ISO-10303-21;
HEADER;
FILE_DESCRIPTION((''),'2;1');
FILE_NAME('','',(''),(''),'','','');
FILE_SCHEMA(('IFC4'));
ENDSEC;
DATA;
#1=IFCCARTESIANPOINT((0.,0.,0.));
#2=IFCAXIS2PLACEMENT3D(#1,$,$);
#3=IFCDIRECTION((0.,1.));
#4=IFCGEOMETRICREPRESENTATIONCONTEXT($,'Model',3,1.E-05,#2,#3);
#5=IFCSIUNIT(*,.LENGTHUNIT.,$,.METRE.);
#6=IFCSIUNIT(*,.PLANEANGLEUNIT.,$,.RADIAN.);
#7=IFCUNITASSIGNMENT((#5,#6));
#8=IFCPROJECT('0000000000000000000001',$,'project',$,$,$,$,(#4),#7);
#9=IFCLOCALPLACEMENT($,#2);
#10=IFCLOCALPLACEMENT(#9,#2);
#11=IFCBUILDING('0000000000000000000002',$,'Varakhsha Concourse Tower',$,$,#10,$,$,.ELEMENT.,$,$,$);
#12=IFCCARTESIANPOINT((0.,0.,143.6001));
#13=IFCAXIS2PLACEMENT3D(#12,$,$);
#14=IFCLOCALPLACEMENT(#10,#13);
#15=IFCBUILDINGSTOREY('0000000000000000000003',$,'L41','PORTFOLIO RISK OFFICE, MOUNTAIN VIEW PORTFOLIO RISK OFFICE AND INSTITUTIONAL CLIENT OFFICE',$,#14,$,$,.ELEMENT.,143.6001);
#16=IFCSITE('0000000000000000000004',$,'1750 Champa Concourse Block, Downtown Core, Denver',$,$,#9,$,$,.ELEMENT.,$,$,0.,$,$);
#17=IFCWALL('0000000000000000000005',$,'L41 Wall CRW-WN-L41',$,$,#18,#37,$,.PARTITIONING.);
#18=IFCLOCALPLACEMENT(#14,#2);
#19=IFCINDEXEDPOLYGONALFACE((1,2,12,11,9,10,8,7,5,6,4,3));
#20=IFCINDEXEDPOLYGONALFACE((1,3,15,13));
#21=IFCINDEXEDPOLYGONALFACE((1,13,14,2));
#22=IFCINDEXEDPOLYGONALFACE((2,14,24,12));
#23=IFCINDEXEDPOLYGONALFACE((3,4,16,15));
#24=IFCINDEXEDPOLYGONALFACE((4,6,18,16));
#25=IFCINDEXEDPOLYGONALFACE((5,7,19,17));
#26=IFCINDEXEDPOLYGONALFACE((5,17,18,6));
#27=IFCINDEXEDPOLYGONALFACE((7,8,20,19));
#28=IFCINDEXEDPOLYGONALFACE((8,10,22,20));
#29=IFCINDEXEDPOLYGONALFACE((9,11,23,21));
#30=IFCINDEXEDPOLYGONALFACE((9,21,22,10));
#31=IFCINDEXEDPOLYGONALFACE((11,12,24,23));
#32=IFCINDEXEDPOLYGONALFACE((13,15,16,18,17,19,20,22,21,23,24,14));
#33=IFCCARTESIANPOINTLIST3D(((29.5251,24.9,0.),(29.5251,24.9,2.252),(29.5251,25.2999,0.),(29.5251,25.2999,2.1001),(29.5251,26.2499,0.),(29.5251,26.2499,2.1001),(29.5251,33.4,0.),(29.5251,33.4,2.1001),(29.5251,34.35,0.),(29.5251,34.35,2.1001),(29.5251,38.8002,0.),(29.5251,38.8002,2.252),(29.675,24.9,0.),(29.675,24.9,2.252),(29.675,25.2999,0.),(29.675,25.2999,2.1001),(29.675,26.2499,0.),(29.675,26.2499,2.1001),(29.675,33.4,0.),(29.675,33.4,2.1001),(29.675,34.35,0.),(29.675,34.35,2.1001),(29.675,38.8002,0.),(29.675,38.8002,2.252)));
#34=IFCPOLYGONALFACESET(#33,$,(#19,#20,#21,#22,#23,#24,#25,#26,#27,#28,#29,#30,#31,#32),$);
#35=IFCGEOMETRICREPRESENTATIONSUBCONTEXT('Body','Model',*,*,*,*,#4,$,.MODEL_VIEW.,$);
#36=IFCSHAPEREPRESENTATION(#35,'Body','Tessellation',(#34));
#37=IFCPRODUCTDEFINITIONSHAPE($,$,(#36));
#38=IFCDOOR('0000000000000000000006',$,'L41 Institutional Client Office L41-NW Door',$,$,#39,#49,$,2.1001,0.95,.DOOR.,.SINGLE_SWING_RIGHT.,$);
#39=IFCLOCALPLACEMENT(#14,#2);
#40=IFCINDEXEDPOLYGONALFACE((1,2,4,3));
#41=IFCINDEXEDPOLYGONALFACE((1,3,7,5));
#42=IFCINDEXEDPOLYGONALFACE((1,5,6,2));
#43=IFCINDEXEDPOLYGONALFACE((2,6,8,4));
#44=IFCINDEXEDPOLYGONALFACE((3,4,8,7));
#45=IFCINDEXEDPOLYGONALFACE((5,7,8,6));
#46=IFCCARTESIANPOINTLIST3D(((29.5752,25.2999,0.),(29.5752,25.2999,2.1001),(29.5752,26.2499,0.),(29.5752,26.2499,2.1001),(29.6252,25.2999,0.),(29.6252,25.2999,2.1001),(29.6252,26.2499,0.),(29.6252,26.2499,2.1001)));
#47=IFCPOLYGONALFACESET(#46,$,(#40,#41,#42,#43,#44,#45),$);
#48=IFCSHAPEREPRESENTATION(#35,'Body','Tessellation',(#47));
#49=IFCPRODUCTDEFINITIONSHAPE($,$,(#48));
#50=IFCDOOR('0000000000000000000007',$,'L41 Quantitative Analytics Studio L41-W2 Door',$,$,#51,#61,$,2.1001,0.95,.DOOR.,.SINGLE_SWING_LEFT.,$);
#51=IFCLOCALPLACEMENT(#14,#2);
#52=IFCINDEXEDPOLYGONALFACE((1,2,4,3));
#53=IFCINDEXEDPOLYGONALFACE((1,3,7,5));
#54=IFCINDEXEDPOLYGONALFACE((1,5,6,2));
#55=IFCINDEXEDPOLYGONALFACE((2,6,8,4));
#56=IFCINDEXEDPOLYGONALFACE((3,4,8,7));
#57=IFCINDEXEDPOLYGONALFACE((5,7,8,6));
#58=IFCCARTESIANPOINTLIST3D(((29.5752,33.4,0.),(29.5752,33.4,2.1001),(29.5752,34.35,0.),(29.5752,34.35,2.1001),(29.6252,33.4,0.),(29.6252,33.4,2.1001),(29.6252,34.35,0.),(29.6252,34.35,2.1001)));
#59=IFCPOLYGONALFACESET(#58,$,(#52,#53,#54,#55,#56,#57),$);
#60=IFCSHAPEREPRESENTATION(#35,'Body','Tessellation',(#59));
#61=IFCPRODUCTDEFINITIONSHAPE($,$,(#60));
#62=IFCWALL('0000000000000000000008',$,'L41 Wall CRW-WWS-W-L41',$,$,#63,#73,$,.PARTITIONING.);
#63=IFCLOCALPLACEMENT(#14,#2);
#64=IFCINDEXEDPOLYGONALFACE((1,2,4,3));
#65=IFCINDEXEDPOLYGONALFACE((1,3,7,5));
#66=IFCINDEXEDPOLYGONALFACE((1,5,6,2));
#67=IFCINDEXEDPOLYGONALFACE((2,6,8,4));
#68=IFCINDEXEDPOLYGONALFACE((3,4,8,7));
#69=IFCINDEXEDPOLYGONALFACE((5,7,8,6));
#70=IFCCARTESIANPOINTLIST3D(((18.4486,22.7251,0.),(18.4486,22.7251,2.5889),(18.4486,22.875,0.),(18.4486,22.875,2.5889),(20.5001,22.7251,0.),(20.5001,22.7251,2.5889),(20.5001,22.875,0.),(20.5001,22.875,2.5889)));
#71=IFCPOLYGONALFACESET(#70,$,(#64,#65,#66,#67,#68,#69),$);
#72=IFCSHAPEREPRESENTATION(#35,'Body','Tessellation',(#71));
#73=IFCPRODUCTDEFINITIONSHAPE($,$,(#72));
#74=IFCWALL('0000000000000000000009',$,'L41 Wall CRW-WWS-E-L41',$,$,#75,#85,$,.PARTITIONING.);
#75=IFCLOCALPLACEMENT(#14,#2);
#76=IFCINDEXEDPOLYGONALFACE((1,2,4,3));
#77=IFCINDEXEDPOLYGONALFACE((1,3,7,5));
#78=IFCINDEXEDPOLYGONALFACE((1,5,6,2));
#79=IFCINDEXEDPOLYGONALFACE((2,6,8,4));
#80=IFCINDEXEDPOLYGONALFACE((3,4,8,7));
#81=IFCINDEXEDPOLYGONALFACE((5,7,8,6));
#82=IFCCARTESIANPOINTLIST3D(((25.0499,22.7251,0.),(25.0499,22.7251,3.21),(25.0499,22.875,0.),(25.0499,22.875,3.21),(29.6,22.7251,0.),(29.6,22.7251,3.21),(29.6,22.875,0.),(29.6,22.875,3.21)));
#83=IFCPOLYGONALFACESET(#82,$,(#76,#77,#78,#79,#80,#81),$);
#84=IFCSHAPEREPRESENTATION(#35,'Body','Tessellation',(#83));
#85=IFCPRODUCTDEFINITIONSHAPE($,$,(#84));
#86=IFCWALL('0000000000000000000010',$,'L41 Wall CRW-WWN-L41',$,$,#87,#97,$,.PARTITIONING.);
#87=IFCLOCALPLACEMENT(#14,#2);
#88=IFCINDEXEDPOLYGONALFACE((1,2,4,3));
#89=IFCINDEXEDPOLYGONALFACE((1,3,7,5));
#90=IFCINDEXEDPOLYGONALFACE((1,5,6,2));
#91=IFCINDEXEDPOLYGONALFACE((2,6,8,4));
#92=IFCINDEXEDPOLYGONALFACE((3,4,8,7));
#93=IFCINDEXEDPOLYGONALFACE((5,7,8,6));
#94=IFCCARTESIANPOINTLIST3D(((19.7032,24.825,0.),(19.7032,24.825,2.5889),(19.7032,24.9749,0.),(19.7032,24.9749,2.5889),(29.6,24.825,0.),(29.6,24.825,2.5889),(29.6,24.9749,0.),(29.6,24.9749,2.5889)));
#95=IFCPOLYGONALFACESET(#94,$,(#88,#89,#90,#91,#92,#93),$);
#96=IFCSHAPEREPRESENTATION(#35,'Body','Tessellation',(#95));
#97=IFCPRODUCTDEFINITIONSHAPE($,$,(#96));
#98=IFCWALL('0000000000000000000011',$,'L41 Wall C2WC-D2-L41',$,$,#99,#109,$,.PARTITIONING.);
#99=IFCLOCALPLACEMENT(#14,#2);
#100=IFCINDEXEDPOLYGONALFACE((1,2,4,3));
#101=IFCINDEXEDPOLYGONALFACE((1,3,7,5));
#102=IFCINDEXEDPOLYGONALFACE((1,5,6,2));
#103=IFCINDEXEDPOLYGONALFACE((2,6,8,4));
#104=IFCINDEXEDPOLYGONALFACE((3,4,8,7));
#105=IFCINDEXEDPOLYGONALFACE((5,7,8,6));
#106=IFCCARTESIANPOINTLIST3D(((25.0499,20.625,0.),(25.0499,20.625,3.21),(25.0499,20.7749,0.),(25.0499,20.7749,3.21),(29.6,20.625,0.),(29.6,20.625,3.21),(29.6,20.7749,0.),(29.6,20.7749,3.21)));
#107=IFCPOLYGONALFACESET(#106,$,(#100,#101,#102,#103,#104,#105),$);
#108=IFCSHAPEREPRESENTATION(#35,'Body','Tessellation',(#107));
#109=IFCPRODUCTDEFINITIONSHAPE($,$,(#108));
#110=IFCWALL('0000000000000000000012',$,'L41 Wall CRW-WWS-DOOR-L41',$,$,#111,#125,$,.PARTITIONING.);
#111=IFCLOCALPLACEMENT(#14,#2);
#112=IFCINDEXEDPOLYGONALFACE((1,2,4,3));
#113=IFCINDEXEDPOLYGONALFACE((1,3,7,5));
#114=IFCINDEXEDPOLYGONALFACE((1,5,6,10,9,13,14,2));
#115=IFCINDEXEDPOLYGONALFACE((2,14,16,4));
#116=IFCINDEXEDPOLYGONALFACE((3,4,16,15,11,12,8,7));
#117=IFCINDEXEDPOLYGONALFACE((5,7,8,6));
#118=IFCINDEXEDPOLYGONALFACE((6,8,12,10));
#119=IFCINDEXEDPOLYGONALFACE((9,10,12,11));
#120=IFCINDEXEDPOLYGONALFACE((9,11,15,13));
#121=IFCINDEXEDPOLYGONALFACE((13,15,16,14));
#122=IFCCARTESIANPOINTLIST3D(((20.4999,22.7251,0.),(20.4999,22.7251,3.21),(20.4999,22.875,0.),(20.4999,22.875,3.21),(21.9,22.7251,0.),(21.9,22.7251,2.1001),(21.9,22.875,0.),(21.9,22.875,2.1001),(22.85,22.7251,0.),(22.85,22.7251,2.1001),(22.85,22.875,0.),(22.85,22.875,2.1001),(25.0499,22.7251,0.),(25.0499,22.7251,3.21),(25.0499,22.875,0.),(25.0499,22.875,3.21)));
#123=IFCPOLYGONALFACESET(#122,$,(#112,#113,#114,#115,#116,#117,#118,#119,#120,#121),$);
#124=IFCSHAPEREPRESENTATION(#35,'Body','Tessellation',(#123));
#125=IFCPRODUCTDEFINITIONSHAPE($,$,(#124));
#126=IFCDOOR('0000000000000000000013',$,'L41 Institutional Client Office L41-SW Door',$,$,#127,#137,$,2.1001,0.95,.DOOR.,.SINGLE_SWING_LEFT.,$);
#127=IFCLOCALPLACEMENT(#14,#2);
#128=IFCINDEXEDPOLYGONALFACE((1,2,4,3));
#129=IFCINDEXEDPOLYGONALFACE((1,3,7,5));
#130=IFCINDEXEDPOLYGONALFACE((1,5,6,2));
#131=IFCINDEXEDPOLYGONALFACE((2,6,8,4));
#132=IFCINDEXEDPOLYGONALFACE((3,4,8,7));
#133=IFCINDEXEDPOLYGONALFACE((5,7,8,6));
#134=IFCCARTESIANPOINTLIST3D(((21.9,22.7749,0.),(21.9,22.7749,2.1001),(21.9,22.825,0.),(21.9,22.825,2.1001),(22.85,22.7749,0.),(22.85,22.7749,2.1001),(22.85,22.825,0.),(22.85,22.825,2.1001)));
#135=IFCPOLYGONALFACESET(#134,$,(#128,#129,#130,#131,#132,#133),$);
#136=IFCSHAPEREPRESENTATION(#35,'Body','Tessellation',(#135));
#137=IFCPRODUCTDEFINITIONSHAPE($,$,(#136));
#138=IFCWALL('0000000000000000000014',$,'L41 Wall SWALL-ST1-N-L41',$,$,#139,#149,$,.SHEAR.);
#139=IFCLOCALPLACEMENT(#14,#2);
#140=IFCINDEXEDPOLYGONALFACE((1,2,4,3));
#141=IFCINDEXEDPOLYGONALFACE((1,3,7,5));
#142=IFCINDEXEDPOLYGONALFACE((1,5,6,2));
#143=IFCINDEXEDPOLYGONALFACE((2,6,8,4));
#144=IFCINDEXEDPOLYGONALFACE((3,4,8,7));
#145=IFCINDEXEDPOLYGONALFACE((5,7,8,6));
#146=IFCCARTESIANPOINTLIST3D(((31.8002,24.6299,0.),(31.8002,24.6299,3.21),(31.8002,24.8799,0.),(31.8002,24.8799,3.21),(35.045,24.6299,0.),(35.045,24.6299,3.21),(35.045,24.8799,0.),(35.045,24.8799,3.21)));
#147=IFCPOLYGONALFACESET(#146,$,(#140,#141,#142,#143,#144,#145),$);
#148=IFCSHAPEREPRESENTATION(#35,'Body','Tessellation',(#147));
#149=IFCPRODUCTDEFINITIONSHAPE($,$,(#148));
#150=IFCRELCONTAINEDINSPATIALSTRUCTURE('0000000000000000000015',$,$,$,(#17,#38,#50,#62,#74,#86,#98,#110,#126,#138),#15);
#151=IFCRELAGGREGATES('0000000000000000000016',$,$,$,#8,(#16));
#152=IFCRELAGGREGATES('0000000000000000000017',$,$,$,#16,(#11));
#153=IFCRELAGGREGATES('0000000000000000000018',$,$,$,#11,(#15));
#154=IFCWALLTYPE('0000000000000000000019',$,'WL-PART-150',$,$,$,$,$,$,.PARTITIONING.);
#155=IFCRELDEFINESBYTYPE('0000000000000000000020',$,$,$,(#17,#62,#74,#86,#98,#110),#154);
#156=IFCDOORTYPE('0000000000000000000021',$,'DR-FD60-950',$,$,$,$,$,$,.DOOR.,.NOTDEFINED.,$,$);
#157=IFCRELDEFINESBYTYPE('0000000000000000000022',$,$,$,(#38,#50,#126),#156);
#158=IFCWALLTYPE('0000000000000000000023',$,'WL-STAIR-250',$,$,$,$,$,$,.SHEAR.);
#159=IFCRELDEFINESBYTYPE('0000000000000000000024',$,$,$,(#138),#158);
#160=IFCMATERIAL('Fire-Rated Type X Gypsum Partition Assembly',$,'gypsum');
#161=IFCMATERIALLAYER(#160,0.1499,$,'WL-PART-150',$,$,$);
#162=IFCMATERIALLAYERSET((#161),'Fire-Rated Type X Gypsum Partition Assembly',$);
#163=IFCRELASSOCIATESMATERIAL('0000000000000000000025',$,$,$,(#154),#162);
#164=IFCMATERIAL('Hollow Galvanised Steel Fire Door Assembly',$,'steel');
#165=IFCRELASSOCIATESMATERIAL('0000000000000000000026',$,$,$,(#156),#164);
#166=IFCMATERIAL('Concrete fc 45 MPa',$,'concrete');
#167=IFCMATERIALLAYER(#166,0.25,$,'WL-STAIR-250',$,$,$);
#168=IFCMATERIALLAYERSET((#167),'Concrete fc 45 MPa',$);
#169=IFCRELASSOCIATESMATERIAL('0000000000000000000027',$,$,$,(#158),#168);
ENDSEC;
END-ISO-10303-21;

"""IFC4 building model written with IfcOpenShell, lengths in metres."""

from ifc_helpers import new_model, si_unit, direction, frame, frame_2d, origin, place, context, subcontext, project, spatial, rectangle, extrude, material, layer, layer_set, type_object, element, fill, save


model = new_model("IFC4")

# Units and contexts
model_context = context("Model", 3, precision=1e-05, world=origin(), true_north=direction((0.0, 1.0)))
body_context = subcontext(model_context, "Body", "Model", "MODEL_VIEW")
ifc_project = project(units=[si_unit("LENGTHUNIT", "METRE"), si_unit("PLANEANGLEUNIT", "RADIAN")], contexts=[model_context])

# Site, building, storey
site_placement = place(None, origin())
site = spatial("IfcSite", under=ifc_project, at=site_placement, Name="1750 Champa Concourse Block, Downtown Core, Denver", CompositionType="ELEMENT", RefElevation=0.0)
building_placement = place(site_placement, origin())
building = spatial("IfcBuilding", under=site, at=building_placement, Name="Varakhsha Concourse Tower", CompositionType="ELEMENT")
storey_placement = place(building_placement, frame((0.0, 0.0, 143.6001)))
storey = spatial("IfcBuildingStorey", under=building, at=storey_placement, Name="L41", Description="PORTFOLIO RISK OFFICE, MOUNTAIN VIEW PORTFOLIO RISK OFFICE AND INSTITUTIONAL CLIENT OFFICE", CompositionType="ELEMENT", Elevation=143.6001)

# Wall, openings, doors
ifc_material_1 = material(Name="Fire-Rated Type X Gypsum Partition Assembly", Category="gypsum")
ifc_layer_1 = layer(ifc_material_1, 0.1499, Name="WL-PART-150")
ifc_layer_set_1 = layer_set([ifc_layer_1], Name="Fire-Rated Type X Gypsum Partition Assembly")
wall_type_1 = type_object("IfcWallType", Name="WL-PART-150", PredefinedType="PARTITIONING", material=ifc_layer_set_1)
wall_1_placement = place(storey_placement, frame((29.6001, 24.8999, 0.0), z_axis=(0.0, 0.0, 1.0), x_axis=(0.0, 1.0, 0.0)))
wall_1 = element("IfcWall", 1, at=wall_1_placement, inside=storey, type_object=wall_type_1, Name="L41 Wall CRW-WN-L41", PredefinedType="PARTITIONING", context=body_context, shape_type="SweptSolid", body=[
    extrude(rectangle(XDim=13.9001, YDim=0.1499, at=frame_2d((6.9502, 0.0))), origin(), (0.0, 0.0, 1.0), 2.252),
])
opening_1_placement = place(wall_1_placement, frame((0.3999, 0.0, 0.0)))
opening_1 = element("IfcOpeningElement", 2, at=opening_1_placement, cuts=wall_1, PredefinedType="OPENING", context=body_context, shape_type="SweptSolid", body=[
    extrude(rectangle(XDim=0.95, YDim=2.1001, at=frame_2d((0.4751, 1.05))), frame((0.0, 0.085, 0.0), z_axis=(0.0, -1.0, 0.0), x_axis=(1.0, 0.0, 0.0)), (0.0, 0.0, 1.0), 0.1699),
])
opening_2_placement = place(wall_1_placement, frame((8.5, 0.0, 0.0)))
opening_2 = element("IfcOpeningElement", 3, at=opening_2_placement, cuts=wall_1, PredefinedType="OPENING", context=body_context, shape_type="SweptSolid", body=[
    extrude(rectangle(XDim=0.95, YDim=2.1001, at=frame_2d((0.4751, 1.05))), frame((0.0, 0.085, 0.0), z_axis=(0.0, -1.0, 0.0), x_axis=(1.0, 0.0, 0.0)), (0.0, 0.0, 1.0), 0.1699),
])
ifc_material_2 = material(Name="Hollow Galvanised Steel Fire Door Assembly", Category="steel")
door_type_1 = type_object("IfcDoorType", Name="DR-FD60-950", OperationType="NOTDEFINED", PredefinedType="DOOR", material=ifc_material_2)
door_1_placement = place(opening_1_placement, origin())
door_1 = element("IfcDoor", 4, at=door_1_placement, inside=storey, type_object=door_type_1, Name="L41 Institutional Client Office L41-NW Door", OperationType="SINGLE_SWING_RIGHT", OverallHeight=2.1001, OverallWidth=0.95, PredefinedType="DOOR", context=body_context, shape_type="SweptSolid", body=[
    extrude(rectangle(XDim=0.95, YDim=2.1001, at=frame_2d((0.4751, 1.05))), frame((0.0, 0.0249, 0.0), z_axis=(0.0, -1.0, 0.0), x_axis=(1.0, 0.0, 0.0)), (0.0, 0.0, 1.0), 0.05),
])
fill(opening_1, door_1)
door_2_placement = place(opening_2_placement, origin())
door_2 = element("IfcDoor", 5, at=door_2_placement, inside=storey, type_object=door_type_1, Name="L41 Quantitative Analytics Studio L41-W2 Door", OperationType="SINGLE_SWING_LEFT", OverallHeight=2.1001, OverallWidth=0.95, PredefinedType="DOOR", context=body_context, shape_type="SweptSolid", body=[
    extrude(rectangle(XDim=0.95, YDim=2.1001, at=frame_2d((0.4751, 1.05))), frame((0.0, 0.0249, 0.0), z_axis=(0.0, -1.0, 0.0), x_axis=(1.0, 0.0, 0.0)), (0.0, 0.0, 1.0), 0.05),
])
fill(opening_2, door_2)

# Walls
wall_2_placement = place(storey_placement, frame((18.4485, 22.8, 0.0), z_axis=(0.0, 0.0, 1.0), x_axis=(1.0, 0.0, 0.0)))
element("IfcWall", 6, at=wall_2_placement, inside=storey, type_object=wall_type_1, Name="L41 Wall CRW-WWS-W-L41", PredefinedType="PARTITIONING", context=body_context, shape_type="SweptSolid", body=[
    extrude(rectangle(XDim=2.0515, YDim=0.1499, at=frame_2d((1.0259, 0.0))), origin(), (0.0, 0.0, 1.0), 2.5889),
])
wall_3_placement = place(storey_placement, frame((25.05, 22.8, 0.0), z_axis=(0.0, 0.0, 1.0), x_axis=(1.0, 0.0, 0.0)))
element("IfcWall", 7, at=wall_3_placement, inside=storey, type_object=wall_type_1, Name="L41 Wall CRW-WWS-E-L41", PredefinedType="PARTITIONING", context=body_context, shape_type="SweptSolid", body=[
    extrude(rectangle(XDim=4.55, YDim=0.1499, at=frame_2d((2.2749, 0.0))), origin(), (0.0, 0.0, 1.0), 3.21),
])
wall_4_placement = place(storey_placement, frame((19.7034, 24.8999, 0.0), z_axis=(0.0, 0.0, 1.0), x_axis=(1.0, 0.0, 0.0)))
element("IfcWall", 8, at=wall_4_placement, inside=storey, type_object=wall_type_1, Name="L41 Wall CRW-WWN-L41", PredefinedType="PARTITIONING", context=body_context, shape_type="SweptSolid", body=[
    extrude(rectangle(XDim=9.8967, YDim=0.1499, at=frame_2d((4.9482, 0.0))), origin(), (0.0, 0.0, 1.0), 2.5889),
])
wall_5_placement = place(storey_placement, frame((25.05, 20.7, 0.0), z_axis=(0.0, 0.0, 1.0), x_axis=(1.0, 0.0, 0.0)))
element("IfcWall", 9, at=wall_5_placement, inside=storey, type_object=wall_type_1, Name="L41 Wall C2WC-D2-L41", PredefinedType="PARTITIONING", context=body_context, shape_type="SweptSolid", body=[
    extrude(rectangle(XDim=4.55, YDim=0.1499, at=frame_2d((2.2749, 0.0))), origin(), (0.0, 0.0, 1.0), 3.21),
])

# Wall, opening, door
wall_6_placement = place(storey_placement, frame((20.5, 22.8, 0.0), z_axis=(0.0, 0.0, 1.0), x_axis=(1.0, 0.0, 0.0)))
wall_6 = element("IfcWall", 10, at=wall_6_placement, inside=storey, type_object=wall_type_1, Name="L41 Wall CRW-WWS-DOOR-L41", PredefinedType="PARTITIONING", context=body_context, shape_type="SweptSolid", body=[
    extrude(rectangle(XDim=4.55, YDim=0.1499, at=frame_2d((2.2749, 0.0))), origin(), (0.0, 0.0, 1.0), 3.21),
])
opening_3_placement = place(wall_6_placement, frame((1.3999, 0.0, 0.0)))
opening_3 = element("IfcOpeningElement", 11, at=opening_3_placement, cuts=wall_6, PredefinedType="OPENING", context=body_context, shape_type="SweptSolid", body=[
    extrude(rectangle(XDim=0.95, YDim=2.1001, at=frame_2d((0.4751, 1.05))), frame((0.0, 0.085, 0.0), z_axis=(0.0, -1.0, 0.0), x_axis=(1.0, 0.0, 0.0)), (0.0, 0.0, 1.0), 0.1699),
])
door_3_placement = place(opening_3_placement, origin())
door_3 = element("IfcDoor", 12, at=door_3_placement, inside=storey, type_object=door_type_1, Name="L41 Institutional Client Office L41-SW Door", OperationType="SINGLE_SWING_LEFT", OverallHeight=2.1001, OverallWidth=0.95, PredefinedType="DOOR", context=body_context, shape_type="SweptSolid", body=[
    extrude(rectangle(XDim=0.95, YDim=2.1001, at=frame_2d((0.4751, 1.05))), frame((0.0, 0.0249, 0.0), z_axis=(0.0, -1.0, 0.0), x_axis=(1.0, 0.0, 0.0)), (0.0, 0.0, 1.0), 0.05),
])
fill(opening_3, door_3)

# Wall
ifc_material_3 = material(Name="Concrete fc 45 MPa", Category="concrete")
ifc_layer_2 = layer(ifc_material_3, 0.25, Name="WL-STAIR-250")
ifc_layer_set_2 = layer_set([ifc_layer_2], Name="Concrete fc 45 MPa")
wall_type_2 = type_object("IfcWallType", Name="WL-STAIR-250", PredefinedType="SHEAR", material=ifc_layer_set_2)
wall_7_placement = place(storey_placement, frame((31.8, 24.7549, 0.0), z_axis=(0.0, 0.0, 1.0), x_axis=(1.0, 0.0, 0.0)))
element("IfcWall", 13, at=wall_7_placement, inside=storey, type_object=wall_type_2, Name="L41 Wall SWALL-ST1-N-L41", PredefinedType="SHEAR", context=body_context, shape_type="SweptSolid", body=[
    extrude(rectangle(XDim=3.2449, YDim=0.25, at=frame_2d((1.6226, 0.0))), origin(), (0.0, 0.0, 1.0), 3.21),
])

save(model, "model.ifc")
